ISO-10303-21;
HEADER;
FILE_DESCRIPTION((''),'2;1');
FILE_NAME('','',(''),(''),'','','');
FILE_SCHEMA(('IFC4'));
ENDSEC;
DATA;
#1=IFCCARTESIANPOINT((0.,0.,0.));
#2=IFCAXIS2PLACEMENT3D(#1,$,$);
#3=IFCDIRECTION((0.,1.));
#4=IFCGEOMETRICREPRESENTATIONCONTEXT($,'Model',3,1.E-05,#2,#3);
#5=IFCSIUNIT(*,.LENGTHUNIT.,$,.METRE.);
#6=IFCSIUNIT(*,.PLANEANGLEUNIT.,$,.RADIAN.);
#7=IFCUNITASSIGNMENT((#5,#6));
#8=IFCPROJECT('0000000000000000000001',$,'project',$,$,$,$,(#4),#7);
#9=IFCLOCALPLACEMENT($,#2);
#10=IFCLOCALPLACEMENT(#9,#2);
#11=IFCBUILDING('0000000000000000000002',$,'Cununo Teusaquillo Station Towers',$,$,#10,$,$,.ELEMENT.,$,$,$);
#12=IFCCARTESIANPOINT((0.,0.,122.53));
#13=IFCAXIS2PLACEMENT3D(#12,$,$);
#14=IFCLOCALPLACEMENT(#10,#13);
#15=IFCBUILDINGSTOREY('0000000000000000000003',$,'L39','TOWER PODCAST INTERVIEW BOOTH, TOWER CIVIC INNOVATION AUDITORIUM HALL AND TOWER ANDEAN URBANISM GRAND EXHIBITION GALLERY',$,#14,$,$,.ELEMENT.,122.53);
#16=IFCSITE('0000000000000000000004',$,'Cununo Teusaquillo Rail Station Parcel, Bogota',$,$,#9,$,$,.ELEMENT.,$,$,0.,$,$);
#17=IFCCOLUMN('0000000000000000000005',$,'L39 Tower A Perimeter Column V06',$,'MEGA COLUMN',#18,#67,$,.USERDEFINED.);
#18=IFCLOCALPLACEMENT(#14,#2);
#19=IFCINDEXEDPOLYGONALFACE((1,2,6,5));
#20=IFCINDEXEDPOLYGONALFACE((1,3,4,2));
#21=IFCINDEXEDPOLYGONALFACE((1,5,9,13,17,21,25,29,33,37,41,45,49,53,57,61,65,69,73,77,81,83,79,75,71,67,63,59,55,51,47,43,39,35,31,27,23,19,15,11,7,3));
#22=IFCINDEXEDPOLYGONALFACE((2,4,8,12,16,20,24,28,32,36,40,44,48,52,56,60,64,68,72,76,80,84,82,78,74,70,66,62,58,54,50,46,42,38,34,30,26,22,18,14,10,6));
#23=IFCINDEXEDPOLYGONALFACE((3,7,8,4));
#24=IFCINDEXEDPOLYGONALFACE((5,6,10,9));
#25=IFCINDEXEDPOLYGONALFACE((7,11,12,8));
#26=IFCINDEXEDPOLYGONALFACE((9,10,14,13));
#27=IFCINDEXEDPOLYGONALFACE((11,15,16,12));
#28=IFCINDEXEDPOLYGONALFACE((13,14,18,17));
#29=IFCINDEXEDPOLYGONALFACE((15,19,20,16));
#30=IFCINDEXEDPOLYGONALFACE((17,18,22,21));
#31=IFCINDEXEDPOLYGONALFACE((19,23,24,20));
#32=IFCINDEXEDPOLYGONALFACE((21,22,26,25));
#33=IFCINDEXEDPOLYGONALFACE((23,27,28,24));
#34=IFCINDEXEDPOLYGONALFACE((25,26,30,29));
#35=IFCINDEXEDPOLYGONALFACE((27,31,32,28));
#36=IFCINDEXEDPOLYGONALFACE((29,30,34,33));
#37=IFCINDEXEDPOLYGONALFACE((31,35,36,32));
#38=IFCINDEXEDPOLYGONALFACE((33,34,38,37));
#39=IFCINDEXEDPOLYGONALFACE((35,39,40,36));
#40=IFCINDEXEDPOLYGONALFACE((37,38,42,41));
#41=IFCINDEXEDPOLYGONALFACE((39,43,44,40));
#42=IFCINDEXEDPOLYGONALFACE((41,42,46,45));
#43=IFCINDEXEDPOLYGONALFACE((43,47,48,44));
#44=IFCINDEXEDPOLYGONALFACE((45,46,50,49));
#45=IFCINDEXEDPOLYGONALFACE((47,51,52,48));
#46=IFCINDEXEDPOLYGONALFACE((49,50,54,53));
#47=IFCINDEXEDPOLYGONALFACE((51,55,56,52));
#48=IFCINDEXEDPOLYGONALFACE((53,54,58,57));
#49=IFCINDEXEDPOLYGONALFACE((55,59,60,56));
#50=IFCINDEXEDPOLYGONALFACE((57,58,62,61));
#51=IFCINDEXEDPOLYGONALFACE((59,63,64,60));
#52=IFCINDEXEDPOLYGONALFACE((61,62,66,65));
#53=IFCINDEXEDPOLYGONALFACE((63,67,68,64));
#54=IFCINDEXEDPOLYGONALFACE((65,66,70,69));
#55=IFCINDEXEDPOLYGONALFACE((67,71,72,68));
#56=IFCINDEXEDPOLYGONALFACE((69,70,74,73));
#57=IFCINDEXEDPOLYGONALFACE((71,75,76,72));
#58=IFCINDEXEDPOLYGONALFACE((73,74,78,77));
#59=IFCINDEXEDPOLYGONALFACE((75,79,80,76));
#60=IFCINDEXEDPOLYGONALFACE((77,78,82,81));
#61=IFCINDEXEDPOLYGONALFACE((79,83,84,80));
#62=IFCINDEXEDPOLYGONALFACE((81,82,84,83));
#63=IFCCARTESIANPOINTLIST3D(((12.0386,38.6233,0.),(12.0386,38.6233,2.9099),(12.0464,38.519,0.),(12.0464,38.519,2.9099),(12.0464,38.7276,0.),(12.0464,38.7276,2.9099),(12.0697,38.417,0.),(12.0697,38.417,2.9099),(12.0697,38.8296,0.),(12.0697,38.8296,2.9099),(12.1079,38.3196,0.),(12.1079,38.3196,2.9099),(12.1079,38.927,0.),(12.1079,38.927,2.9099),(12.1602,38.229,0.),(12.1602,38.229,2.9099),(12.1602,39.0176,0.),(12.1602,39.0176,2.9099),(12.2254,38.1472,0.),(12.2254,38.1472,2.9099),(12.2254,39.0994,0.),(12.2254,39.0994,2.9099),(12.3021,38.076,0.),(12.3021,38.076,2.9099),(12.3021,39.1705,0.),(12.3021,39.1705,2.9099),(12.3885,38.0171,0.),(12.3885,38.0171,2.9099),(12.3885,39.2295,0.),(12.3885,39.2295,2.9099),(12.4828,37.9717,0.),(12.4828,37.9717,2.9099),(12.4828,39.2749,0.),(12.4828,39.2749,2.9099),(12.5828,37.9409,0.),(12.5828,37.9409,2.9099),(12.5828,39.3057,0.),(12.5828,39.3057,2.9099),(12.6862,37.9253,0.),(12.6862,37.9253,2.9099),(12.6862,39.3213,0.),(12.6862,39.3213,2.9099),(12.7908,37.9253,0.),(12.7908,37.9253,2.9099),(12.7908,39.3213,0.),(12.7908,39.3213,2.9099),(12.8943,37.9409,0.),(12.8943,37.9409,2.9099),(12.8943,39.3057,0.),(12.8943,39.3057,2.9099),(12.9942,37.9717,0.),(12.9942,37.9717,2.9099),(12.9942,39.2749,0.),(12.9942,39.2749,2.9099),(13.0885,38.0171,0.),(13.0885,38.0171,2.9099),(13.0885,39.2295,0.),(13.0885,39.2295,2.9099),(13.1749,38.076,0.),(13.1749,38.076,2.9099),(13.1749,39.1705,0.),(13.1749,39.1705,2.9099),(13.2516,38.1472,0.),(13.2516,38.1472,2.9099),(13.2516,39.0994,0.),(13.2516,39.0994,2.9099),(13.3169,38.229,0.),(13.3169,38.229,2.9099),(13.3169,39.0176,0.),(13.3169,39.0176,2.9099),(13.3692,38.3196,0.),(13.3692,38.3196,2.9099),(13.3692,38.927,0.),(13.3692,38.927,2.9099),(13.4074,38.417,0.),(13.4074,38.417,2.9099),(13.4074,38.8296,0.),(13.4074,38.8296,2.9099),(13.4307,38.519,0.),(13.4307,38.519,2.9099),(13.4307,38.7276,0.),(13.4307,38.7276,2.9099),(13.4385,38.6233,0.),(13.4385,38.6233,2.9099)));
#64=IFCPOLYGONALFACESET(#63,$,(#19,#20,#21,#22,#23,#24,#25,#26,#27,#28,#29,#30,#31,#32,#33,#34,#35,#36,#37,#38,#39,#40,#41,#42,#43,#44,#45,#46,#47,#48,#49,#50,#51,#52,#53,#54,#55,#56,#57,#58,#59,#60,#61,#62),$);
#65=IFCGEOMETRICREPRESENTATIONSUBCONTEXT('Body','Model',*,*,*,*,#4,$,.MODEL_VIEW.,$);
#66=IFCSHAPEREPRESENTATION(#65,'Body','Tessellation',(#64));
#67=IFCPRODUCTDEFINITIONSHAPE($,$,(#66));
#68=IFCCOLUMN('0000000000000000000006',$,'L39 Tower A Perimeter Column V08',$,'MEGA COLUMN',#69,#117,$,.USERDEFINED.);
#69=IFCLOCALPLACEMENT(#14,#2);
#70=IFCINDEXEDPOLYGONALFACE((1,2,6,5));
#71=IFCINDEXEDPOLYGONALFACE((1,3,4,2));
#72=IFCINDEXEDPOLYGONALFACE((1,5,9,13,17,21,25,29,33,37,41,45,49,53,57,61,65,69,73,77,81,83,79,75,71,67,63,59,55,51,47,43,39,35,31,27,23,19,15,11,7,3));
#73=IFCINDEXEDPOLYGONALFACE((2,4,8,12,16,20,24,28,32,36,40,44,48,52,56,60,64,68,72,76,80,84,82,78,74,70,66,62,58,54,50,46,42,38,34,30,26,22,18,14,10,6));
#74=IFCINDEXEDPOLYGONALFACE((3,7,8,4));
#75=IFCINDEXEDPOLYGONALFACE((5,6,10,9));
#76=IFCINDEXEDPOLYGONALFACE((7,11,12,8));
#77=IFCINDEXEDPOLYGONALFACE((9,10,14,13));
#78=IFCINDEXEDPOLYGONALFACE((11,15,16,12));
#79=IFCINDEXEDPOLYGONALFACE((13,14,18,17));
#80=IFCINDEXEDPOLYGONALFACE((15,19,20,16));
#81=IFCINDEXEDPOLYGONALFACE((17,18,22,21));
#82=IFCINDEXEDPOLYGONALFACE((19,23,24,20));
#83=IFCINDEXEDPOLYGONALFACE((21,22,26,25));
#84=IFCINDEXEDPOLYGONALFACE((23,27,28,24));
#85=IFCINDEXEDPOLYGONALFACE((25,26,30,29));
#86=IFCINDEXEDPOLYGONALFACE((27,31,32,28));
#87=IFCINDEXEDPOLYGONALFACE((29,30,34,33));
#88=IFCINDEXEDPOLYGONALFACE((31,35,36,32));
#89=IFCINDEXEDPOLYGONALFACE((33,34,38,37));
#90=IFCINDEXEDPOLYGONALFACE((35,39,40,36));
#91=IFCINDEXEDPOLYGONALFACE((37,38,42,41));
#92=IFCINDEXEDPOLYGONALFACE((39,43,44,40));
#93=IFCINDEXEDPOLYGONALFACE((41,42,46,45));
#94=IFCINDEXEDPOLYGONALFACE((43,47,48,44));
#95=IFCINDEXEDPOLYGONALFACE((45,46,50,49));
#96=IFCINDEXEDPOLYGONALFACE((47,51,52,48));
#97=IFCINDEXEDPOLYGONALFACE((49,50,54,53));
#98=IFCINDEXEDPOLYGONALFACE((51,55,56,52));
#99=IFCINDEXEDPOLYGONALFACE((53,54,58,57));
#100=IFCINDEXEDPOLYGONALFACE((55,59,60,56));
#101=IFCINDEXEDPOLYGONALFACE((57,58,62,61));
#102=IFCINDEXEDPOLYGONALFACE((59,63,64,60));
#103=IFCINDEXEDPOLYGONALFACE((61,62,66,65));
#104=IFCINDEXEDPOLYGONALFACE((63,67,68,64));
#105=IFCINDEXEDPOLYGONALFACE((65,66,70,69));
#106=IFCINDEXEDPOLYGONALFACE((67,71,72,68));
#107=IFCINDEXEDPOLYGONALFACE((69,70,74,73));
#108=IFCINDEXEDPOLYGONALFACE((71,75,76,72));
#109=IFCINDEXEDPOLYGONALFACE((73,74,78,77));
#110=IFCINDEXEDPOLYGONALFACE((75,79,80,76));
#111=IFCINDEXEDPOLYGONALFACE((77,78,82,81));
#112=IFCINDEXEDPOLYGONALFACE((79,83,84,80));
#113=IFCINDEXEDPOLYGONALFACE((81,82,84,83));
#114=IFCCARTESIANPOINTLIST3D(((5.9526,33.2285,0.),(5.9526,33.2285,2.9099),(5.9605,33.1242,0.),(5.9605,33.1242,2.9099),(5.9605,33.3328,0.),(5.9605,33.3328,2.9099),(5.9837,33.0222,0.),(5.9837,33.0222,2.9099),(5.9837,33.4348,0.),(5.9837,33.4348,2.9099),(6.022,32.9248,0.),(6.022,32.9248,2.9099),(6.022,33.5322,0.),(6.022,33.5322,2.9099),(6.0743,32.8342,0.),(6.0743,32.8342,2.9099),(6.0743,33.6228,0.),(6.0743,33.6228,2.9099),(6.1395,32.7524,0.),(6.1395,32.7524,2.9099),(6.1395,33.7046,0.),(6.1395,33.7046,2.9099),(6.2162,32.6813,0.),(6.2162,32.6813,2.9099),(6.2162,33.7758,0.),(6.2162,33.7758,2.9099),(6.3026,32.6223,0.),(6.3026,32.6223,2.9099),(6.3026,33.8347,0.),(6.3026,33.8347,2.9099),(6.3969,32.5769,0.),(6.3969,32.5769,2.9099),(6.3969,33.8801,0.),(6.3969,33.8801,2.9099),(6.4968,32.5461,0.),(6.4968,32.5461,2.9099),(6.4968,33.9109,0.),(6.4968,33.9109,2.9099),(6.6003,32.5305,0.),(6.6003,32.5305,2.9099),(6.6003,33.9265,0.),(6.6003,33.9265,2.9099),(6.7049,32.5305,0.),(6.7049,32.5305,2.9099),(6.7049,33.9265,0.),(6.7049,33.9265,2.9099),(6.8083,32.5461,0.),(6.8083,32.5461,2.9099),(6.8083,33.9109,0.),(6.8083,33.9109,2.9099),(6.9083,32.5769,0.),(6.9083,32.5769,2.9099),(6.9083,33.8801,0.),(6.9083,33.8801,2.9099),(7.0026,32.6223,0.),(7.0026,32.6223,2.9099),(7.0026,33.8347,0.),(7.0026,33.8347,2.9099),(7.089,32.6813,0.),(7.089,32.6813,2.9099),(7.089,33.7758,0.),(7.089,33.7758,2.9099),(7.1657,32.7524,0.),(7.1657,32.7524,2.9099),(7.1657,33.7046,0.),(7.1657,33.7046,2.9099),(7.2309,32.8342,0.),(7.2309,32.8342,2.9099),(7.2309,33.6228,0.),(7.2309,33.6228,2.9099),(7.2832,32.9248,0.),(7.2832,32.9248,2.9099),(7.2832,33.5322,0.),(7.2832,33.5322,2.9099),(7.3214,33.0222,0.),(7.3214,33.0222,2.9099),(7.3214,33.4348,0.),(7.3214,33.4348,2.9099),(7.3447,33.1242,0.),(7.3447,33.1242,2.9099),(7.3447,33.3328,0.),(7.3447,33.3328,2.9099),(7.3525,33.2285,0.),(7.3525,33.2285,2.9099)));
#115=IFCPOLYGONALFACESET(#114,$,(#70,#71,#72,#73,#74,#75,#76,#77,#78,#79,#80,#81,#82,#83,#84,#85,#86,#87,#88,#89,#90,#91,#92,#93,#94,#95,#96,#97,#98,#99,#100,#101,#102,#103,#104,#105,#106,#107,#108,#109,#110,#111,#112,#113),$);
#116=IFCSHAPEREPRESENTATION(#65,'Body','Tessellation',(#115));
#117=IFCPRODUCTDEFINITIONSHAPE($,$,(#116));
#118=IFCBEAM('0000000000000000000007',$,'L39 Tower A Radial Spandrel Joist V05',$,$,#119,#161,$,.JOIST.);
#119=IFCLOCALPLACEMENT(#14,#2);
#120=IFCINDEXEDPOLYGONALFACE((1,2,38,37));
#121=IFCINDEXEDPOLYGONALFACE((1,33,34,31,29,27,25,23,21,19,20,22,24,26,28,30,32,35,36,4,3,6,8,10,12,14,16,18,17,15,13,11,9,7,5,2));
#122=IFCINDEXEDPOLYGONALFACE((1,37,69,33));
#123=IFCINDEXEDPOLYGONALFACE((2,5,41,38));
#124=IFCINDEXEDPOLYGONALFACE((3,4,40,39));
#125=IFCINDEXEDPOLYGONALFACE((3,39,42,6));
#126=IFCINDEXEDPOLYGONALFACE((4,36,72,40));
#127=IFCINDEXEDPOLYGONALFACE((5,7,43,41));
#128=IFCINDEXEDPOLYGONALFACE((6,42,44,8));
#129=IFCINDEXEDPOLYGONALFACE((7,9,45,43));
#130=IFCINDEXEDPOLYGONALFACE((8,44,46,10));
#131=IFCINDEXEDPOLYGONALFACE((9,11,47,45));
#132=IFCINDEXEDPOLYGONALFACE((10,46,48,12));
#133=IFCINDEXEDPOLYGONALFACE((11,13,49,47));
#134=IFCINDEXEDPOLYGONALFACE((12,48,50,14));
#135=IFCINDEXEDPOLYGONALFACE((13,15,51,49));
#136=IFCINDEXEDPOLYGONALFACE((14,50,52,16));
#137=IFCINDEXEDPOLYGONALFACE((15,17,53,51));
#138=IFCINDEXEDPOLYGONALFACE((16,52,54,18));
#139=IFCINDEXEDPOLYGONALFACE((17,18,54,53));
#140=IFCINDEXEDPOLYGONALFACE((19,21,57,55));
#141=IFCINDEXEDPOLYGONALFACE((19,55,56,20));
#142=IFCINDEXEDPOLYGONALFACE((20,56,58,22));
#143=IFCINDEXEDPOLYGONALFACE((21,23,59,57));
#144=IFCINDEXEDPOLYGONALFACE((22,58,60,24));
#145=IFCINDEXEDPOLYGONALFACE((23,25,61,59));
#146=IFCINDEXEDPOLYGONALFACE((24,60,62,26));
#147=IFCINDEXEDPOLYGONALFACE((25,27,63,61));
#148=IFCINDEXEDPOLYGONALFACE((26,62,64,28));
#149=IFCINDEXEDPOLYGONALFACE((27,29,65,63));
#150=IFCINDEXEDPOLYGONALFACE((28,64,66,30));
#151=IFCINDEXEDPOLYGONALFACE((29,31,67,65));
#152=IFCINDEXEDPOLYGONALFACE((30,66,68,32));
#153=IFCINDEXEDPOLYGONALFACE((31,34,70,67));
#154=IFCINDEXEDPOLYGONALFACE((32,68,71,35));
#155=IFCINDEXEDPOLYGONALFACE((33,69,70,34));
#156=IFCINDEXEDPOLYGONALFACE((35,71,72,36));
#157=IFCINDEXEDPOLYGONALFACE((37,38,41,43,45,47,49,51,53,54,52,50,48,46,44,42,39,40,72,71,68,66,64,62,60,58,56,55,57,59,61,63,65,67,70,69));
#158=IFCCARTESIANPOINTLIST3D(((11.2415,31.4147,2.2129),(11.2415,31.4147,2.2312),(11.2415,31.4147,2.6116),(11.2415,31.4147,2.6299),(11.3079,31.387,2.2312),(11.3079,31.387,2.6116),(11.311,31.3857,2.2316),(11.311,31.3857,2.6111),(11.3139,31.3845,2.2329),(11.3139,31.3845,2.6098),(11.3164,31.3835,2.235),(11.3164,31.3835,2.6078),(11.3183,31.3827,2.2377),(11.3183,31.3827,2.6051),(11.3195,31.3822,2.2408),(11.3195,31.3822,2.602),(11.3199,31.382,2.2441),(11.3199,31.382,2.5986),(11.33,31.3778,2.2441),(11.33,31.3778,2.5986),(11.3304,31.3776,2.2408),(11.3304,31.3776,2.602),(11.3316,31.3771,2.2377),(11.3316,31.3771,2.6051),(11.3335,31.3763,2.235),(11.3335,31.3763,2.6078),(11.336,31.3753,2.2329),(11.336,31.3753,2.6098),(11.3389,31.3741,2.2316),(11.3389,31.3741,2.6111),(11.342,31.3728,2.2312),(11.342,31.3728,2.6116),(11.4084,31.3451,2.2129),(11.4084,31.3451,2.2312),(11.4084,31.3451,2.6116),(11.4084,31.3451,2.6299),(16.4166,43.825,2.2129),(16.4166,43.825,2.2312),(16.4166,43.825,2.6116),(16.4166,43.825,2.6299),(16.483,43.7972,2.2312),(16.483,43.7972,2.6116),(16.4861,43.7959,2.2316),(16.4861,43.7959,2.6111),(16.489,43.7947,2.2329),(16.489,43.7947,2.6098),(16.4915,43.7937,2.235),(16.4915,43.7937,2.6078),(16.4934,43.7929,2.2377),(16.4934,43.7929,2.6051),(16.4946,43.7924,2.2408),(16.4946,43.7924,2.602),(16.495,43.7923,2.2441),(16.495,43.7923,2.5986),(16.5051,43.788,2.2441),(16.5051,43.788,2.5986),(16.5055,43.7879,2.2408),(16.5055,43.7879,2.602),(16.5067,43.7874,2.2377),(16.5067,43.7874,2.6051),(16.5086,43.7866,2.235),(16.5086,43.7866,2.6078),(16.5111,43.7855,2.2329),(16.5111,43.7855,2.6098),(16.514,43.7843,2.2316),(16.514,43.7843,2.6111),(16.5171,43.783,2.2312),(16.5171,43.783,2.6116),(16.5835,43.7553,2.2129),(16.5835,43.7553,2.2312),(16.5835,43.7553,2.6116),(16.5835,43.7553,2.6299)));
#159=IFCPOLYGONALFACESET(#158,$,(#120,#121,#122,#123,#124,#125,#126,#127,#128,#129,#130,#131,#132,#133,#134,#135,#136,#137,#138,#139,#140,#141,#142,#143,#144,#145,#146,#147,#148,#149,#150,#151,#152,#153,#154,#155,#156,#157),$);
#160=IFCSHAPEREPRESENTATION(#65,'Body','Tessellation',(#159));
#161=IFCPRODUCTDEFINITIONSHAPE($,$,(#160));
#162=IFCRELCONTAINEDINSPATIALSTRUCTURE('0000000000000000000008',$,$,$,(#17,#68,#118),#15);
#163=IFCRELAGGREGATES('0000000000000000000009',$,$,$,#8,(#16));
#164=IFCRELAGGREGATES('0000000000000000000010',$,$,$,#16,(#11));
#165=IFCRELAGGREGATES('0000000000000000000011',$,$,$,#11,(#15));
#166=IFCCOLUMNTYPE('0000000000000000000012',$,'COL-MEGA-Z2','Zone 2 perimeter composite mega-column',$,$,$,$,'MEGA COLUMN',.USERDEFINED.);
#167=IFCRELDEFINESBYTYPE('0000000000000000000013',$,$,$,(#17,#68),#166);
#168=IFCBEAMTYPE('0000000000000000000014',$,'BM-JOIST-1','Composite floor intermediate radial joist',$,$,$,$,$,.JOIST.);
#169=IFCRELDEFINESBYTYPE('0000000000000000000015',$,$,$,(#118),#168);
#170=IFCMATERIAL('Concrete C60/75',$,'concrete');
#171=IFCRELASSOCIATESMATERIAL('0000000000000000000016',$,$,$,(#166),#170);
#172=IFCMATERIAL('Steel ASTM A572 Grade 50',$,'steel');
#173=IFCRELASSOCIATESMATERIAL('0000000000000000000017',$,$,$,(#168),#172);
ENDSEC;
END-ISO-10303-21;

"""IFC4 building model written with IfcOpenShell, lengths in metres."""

from ifc_helpers import new_model, si_unit, direction, frame, origin, origin_2d, place, context, subcontext, project, spatial, circle, i_section, extrude, material, material_profile, profile_set, type_object, element, save


model = new_model("IFC4")

# Units and contexts
model_context = context("Model", 3, precision=1e-05, world=origin(), true_north=direction((0.0, 1.0)))
body_context = subcontext(model_context, "Body", "Model", "MODEL_VIEW")
ifc_project = project(units=[si_unit("LENGTHUNIT", "METRE"), si_unit("PLANEANGLEUNIT", "RADIAN")], contexts=[model_context])

# Site, building, storey
site_placement = place(None, origin())
site = spatial("IfcSite", under=ifc_project, at=site_placement, Name="Cununo Teusaquillo Rail Station Parcel, Bogota", CompositionType="ELEMENT", RefElevation=0.0)
building_placement = place(site_placement, origin())
building = spatial("IfcBuilding", under=site, at=building_placement, Name="Cununo Teusaquillo Station Towers", CompositionType="ELEMENT")
storey_placement = place(building_placement, frame((0.0, 0.0, 122.53)))
storey = spatial("IfcBuildingStorey", under=building, at=storey_placement, Name="L39", Description="TOWER PODCAST INTERVIEW BOOTH, TOWER CIVIC INNOVATION AUDITORIUM HALL AND TOWER ANDEAN URBANISM GRAND EXHIBITION GALLERY", CompositionType="ELEMENT", Elevation=122.53)

# Columns
ifc_material_1 = material(Name="Concrete C60/75", Category="concrete")
ifc_material_profile_1 = material_profile(ifc_material_1, circle(Radius=0.7, at=origin_2d()), Name="RC-CIRC-1400")
ifc_profile_set_1 = profile_set([ifc_material_profile_1], Name="Concrete C60/75")
column_type = type_object("IfcColumnType", Name="COL-MEGA-Z2", Description="Zone 2 perimeter composite mega-column", ElementType="MEGA COLUMN", PredefinedType="USERDEFINED", material=ifc_profile_set_1)
for number, where, z_axis, x_axis, name in (
    (1, (12.7385, 38.6233, 0.0), (0.0, 0.0, 1.0), (1.0, 0.0, 0.0), "L39 Tower A Perimeter Column V06"),
    (2, (6.6526, 33.2285, 0.0), (0.0, 0.0, 1.0), (1.0, 0.0, 0.0), "L39 Tower A Perimeter Column V08"),
):
    element("IfcColumn", number, at=place(storey_placement, frame(where, z_axis=z_axis, x_axis=x_axis)), inside=storey, type_object=column_type, Name=name, ObjectType="MEGA COLUMN", PredefinedType="USERDEFINED", context=body_context, shape_type="SweptSolid", body=[
        extrude(circle(Radius=0.7, at=origin_2d()), origin(), (0.0, 0.0, 1.0), 2.9099),
    ])

# Beam
ifc_material_2 = material(Name="Steel ASTM A572 Grade 50", Category="steel")
ifc_material_profile_2 = material_profile(ifc_material_2, i_section(OverallWidth=0.1809, OverallDepth=0.417, WebThickness=0.011, FlangeThickness=0.0183, FilletRadius=0.0129, at=origin_2d()), Name="W16X57")
ifc_profile_set_2 = profile_set([ifc_material_profile_2], Name="Steel ASTM A572 Grade 50")
beam_type_1 = type_object("IfcBeamType", Name="BM-JOIST-1", Description="Composite floor intermediate radial joist", PredefinedType="JOIST", material=ifc_profile_set_2)
beam_1_placement = place(storey_placement, frame((11.325, 31.3799, 2.4214), z_axis=(0.384878, 0.922967, 0.0), x_axis=(-0.922967, 0.384878, 0.0)))
element("IfcBeam", 3, at=beam_1_placement, inside=storey, type_object=beam_type_1, Name="L39 Tower A Radial Spandrel Joist V05", PredefinedType="JOIST", context=body_context, shape_type="SweptSolid", body=[
    extrude(i_section(OverallWidth=0.1809, OverallDepth=0.417, WebThickness=0.011, FlangeThickness=0.0183, FilletRadius=0.0129, at=origin_2d()), origin(), (0.0, 0.0, 1.0), 13.446),
])

save(model, "model.ifc")
